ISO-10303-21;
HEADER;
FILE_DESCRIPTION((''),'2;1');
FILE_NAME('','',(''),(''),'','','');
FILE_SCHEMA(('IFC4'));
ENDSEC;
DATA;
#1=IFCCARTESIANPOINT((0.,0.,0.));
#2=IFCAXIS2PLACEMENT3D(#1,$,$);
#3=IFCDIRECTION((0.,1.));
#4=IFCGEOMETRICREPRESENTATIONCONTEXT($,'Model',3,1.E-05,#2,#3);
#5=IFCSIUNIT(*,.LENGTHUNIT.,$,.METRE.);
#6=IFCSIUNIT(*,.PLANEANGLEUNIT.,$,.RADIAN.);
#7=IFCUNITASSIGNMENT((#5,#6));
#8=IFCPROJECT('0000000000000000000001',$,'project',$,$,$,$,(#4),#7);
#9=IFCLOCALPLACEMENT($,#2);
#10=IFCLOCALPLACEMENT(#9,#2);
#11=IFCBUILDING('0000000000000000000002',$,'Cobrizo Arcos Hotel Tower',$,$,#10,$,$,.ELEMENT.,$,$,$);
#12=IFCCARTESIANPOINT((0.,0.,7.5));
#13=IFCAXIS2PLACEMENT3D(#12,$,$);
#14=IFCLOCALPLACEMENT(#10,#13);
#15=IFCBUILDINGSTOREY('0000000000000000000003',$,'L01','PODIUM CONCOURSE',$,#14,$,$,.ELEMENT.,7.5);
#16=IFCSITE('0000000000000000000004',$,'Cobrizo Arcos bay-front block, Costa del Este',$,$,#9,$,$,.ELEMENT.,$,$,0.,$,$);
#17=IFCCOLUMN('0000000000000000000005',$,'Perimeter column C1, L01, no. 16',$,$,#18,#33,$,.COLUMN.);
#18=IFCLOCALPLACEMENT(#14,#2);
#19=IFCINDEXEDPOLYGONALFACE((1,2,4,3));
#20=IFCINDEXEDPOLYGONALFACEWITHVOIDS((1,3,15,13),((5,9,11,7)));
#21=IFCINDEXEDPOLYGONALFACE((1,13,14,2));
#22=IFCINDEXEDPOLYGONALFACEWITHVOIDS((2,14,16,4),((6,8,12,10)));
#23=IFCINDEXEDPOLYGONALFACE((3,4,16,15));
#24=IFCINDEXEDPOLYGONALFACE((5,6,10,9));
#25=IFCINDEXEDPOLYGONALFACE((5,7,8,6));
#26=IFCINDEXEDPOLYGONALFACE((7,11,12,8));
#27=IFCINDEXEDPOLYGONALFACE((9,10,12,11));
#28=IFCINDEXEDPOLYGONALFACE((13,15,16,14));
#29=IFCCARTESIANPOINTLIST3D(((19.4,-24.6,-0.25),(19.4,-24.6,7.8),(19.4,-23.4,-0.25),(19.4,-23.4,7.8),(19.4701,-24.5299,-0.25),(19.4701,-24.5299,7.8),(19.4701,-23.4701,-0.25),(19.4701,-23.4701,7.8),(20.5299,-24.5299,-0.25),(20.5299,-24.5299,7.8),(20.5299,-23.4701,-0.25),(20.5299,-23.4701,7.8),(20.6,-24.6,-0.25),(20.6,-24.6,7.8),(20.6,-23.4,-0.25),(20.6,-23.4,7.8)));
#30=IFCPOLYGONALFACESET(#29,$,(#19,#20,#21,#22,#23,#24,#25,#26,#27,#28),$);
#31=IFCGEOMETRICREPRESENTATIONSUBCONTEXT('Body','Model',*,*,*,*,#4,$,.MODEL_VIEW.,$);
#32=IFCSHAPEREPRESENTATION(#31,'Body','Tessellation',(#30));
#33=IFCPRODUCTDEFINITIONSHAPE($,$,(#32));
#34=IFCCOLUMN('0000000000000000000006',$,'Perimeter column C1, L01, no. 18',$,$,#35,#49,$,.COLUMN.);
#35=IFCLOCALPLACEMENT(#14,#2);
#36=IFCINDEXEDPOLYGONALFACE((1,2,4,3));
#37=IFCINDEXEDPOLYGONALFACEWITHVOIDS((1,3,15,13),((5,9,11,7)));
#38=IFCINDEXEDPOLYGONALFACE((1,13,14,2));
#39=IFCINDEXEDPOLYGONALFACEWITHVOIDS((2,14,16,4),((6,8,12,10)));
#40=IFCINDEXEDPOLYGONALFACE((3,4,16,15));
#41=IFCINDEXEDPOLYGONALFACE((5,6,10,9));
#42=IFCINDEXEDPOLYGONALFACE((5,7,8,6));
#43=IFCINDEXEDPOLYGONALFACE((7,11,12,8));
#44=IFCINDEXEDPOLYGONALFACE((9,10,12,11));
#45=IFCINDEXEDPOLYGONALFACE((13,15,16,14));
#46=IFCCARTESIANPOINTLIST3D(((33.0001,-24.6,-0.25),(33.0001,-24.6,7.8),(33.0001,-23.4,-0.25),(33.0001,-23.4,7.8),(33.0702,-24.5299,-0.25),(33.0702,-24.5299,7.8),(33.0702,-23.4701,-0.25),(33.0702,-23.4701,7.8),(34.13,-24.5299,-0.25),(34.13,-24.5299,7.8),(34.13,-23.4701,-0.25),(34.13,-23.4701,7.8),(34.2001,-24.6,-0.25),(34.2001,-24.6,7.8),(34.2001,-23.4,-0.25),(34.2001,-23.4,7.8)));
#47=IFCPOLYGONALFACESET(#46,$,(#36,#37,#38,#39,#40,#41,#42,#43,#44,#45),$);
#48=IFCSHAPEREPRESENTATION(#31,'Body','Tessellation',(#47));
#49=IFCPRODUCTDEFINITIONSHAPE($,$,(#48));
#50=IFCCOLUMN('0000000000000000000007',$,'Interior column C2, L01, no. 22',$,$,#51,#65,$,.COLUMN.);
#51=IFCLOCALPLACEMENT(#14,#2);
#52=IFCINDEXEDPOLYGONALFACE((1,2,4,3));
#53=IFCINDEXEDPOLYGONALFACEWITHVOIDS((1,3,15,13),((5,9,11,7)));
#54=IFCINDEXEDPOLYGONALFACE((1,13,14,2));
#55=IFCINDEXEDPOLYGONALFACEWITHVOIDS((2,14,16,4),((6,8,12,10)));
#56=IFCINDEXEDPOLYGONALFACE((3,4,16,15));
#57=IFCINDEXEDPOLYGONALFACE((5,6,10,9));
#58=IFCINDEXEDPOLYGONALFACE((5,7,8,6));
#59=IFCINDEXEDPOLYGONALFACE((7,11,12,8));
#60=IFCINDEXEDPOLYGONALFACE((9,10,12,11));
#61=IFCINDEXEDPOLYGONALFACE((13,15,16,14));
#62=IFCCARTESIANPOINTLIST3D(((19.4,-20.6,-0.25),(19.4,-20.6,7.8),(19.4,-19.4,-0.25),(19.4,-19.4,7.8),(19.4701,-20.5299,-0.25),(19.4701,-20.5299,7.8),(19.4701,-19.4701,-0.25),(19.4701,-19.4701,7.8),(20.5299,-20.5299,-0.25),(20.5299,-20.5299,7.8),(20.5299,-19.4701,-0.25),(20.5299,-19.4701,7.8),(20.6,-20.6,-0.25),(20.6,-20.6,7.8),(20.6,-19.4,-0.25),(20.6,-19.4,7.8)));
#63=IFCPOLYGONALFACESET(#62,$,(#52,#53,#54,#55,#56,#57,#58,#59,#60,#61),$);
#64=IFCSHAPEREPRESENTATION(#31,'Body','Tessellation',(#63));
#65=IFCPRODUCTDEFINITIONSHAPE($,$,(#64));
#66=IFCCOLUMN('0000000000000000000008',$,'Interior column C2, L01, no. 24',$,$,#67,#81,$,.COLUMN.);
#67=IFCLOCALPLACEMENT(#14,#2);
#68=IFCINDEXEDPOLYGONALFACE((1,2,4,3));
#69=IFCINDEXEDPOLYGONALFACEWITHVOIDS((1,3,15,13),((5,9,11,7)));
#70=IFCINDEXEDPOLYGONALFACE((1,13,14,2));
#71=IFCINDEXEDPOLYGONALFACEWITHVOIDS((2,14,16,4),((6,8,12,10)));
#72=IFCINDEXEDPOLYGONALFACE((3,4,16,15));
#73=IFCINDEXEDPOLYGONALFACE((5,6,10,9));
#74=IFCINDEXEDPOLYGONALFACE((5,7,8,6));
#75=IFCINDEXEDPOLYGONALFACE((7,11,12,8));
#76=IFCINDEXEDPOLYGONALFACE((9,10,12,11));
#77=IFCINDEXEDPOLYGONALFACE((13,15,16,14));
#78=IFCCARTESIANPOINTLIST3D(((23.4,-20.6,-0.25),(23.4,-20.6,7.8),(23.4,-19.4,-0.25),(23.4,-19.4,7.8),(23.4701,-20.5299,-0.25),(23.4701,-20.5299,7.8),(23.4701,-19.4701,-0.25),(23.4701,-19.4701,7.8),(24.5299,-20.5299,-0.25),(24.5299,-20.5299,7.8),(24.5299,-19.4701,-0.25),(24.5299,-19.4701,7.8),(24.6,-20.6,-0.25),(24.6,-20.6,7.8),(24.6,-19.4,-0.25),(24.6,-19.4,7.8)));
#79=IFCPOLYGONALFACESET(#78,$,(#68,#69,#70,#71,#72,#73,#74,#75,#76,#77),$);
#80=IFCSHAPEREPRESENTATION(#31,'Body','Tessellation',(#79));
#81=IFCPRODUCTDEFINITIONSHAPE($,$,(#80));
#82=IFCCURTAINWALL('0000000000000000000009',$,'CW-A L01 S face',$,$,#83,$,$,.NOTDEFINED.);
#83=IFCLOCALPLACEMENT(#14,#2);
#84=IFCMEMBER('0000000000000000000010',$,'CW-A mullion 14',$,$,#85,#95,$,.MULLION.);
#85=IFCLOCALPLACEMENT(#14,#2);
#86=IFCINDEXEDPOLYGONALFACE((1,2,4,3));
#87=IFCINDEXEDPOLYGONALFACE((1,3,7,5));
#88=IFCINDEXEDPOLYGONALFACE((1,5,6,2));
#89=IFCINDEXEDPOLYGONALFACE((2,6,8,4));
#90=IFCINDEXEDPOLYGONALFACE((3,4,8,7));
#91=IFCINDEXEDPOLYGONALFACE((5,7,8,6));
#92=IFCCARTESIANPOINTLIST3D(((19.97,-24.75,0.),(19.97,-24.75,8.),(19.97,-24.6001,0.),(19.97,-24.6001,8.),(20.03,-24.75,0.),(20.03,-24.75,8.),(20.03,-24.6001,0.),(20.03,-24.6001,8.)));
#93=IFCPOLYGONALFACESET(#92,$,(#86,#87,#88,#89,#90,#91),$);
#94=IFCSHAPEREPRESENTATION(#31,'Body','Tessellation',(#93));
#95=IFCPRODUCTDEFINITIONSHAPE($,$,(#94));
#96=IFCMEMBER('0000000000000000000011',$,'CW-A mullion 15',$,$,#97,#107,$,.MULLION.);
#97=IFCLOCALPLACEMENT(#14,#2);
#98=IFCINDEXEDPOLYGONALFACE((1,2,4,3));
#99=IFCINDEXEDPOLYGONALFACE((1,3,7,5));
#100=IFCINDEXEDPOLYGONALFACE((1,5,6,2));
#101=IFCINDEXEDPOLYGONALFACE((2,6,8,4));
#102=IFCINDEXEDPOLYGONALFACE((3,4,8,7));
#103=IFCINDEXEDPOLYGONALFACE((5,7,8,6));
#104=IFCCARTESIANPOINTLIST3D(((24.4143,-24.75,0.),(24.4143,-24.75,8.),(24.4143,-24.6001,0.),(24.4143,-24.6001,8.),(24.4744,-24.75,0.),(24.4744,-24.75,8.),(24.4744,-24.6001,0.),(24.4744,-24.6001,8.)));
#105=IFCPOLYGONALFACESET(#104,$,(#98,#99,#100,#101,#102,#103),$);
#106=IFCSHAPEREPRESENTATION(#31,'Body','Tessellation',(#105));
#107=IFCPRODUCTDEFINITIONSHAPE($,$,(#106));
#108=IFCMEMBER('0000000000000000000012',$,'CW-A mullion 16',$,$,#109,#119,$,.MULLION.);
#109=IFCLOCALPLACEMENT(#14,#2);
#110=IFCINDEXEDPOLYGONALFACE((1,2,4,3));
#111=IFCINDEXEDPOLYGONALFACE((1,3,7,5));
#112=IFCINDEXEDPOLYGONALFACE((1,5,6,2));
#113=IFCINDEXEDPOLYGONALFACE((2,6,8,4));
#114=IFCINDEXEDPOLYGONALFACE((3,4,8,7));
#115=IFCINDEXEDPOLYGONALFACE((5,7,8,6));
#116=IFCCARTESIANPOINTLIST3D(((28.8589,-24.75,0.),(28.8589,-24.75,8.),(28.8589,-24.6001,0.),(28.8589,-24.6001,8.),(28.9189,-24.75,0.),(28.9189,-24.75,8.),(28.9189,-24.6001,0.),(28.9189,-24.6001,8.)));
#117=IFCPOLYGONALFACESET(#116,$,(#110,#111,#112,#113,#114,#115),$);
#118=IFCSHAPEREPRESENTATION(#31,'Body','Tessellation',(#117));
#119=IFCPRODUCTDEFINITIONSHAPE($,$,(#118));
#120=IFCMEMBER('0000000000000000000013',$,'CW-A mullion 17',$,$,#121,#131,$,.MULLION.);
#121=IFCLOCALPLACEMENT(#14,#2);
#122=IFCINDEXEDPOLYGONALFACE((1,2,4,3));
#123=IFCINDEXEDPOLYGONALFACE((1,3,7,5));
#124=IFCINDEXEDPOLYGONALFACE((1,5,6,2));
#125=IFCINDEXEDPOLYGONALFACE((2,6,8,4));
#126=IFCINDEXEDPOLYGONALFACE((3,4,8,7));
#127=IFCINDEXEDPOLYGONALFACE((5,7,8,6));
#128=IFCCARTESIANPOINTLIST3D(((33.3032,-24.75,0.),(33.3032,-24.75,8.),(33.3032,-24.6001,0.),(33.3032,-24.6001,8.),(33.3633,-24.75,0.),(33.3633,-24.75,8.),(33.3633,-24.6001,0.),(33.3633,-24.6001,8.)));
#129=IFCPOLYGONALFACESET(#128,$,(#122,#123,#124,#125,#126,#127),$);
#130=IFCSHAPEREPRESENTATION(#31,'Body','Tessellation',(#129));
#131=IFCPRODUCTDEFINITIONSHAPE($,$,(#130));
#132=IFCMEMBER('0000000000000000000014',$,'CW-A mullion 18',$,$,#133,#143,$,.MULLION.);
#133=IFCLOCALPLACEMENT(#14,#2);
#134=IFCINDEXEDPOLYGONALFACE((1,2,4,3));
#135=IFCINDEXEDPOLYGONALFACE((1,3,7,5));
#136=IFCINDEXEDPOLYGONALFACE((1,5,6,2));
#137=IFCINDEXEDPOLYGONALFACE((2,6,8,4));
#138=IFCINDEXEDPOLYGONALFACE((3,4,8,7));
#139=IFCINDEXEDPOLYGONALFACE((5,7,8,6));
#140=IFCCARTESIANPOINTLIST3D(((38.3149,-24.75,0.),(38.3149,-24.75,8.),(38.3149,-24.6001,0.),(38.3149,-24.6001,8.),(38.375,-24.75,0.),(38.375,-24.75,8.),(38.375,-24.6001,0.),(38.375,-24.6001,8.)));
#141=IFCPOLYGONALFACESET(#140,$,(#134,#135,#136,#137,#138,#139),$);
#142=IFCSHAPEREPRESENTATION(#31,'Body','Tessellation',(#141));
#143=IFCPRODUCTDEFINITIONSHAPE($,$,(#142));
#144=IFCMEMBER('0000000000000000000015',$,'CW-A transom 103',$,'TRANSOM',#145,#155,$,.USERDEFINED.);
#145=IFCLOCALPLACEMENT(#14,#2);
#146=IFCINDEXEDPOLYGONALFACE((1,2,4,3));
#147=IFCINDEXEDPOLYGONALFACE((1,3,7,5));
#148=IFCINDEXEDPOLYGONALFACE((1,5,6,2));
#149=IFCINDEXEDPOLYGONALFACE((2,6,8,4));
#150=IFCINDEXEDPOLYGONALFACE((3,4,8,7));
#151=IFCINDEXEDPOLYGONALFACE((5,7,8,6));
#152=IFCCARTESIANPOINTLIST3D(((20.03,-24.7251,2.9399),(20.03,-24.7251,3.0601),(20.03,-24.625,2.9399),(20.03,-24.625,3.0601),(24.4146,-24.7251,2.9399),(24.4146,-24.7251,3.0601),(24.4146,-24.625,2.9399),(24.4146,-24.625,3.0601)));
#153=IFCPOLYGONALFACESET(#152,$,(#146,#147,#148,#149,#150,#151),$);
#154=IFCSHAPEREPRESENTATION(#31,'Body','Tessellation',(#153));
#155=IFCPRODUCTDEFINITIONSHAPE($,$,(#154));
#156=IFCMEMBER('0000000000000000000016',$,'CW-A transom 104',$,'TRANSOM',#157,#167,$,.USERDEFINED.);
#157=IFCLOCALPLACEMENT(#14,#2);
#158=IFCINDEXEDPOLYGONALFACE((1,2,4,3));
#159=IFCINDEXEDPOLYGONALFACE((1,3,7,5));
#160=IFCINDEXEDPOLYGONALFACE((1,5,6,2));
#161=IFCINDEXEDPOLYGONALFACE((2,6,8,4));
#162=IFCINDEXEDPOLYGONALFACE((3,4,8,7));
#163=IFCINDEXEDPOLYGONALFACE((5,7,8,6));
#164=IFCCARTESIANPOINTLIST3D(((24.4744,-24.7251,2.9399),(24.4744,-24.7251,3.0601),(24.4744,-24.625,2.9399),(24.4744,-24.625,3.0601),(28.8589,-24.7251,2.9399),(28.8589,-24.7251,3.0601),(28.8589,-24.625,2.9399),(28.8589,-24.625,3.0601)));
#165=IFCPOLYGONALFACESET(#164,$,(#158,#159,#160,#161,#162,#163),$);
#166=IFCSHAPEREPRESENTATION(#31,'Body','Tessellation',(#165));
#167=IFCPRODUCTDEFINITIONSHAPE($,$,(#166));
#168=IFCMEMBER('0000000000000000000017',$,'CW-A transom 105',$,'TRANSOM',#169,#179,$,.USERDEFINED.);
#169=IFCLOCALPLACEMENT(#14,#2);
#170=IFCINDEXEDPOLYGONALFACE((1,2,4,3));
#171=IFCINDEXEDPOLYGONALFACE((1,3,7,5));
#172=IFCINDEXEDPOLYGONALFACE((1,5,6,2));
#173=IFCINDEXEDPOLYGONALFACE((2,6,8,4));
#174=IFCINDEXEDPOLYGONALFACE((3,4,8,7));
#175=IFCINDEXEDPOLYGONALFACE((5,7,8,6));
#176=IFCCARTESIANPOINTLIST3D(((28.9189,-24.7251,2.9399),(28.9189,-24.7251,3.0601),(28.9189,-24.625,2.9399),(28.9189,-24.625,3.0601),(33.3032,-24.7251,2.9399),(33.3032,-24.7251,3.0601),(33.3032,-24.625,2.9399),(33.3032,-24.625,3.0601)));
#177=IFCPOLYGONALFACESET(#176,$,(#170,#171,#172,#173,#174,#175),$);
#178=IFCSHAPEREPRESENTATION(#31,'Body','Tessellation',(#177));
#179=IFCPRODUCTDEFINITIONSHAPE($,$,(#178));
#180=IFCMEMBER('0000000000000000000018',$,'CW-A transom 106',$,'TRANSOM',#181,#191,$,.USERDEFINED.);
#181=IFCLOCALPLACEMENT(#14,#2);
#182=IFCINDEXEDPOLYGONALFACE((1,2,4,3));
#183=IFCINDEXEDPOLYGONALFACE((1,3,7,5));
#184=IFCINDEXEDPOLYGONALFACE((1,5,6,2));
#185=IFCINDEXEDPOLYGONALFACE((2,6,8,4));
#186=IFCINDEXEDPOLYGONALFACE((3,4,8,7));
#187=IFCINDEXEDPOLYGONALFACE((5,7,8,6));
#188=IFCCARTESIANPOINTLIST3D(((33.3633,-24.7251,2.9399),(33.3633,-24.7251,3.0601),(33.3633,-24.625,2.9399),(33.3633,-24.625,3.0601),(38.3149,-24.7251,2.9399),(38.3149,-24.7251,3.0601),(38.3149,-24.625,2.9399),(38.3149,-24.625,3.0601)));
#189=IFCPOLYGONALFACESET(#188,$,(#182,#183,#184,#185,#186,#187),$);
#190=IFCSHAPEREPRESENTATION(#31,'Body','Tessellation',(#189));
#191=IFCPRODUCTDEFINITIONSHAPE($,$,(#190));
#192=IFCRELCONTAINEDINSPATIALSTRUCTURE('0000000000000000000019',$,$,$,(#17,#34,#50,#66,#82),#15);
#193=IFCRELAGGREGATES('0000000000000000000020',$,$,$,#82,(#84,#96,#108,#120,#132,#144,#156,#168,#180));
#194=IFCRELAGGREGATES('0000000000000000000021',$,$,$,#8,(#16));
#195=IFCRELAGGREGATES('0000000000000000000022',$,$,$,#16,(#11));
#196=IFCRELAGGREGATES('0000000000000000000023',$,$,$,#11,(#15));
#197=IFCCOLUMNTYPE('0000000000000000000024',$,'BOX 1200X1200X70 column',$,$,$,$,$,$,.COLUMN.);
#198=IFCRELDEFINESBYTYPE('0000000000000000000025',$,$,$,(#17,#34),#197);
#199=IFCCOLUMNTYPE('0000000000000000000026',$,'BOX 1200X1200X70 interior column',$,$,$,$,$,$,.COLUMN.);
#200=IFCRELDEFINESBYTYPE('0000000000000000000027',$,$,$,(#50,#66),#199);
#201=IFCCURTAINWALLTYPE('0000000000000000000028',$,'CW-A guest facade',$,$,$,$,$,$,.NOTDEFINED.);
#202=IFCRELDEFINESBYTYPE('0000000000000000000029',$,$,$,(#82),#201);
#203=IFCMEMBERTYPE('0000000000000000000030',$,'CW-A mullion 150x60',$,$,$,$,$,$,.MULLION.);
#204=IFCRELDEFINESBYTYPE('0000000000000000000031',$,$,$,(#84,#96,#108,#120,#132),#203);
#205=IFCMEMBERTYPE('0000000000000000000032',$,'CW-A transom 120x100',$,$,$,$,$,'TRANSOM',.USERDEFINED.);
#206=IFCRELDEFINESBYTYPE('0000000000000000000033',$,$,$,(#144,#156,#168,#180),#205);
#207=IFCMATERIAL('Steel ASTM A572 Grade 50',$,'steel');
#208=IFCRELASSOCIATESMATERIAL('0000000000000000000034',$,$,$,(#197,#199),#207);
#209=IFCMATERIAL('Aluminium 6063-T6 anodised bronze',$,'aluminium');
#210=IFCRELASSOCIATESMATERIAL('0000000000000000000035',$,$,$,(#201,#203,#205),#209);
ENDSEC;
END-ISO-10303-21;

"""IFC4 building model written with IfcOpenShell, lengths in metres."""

from ifc_helpers import new_model, si_unit, direction, frame, origin, origin_2d, place, context, subcontext, project, spatial, rectangle, hollow_rectangle, extrude, material, material_profile, profile_set, type_object, element, aggregate, save


model = new_model("IFC4")

# Units and contexts
model_context = context("Model", 3, precision=1e-05, world=origin(), true_north=direction((0.0, 1.0)))
body_context = subcontext(model_context, "Body", "Model", "MODEL_VIEW")
ifc_project = project(units=[si_unit("LENGTHUNIT", "METRE"), si_unit("PLANEANGLEUNIT", "RADIAN")], contexts=[model_context])

# Site, building, storey
site_placement = place(None, origin())
site = spatial("IfcSite", under=ifc_project, at=site_placement, Name="Cobrizo Arcos bay-front block, Costa del Este", CompositionType="ELEMENT", RefElevation=0.0)
building_placement = place(site_placement, origin())
building = spatial("IfcBuilding", under=site, at=building_placement, Name="Cobrizo Arcos Hotel Tower", CompositionType="ELEMENT")
storey_placement = place(building_placement, frame((0.0, 0.0, 7.5)))
storey = spatial("IfcBuildingStorey", under=building, at=storey_placement, Name="L01", Description="PODIUM CONCOURSE", CompositionType="ELEMENT", Elevation=7.5)

# Columns
ifc_material_1 = material(Name="Steel ASTM A572 Grade 50", Category="steel")
ifc_material_profile_1 = material_profile(ifc_material_1, hollow_rectangle(XDim=1.2, YDim=1.2, WallThickness=0.0701, at=origin_2d()), Name="BOX 1200X1200X70")
ifc_profile_set_1 = profile_set([ifc_material_profile_1], Name="Steel ASTM A572 Grade 50")
column_type_1 = type_object("IfcColumnType", Name="BOX 1200X1200X70 column", PredefinedType="COLUMN", material=ifc_profile_set_1)
for number, where, z_axis, x_axis, name in (
    (1, (20.0, -24.0, -0.25), (0.0, 0.0, 1.0), (1.0, 0.0, 0.0), "Perimeter column C1, L01, no. 16"),
    (2, (33.6001, -24.0, -0.25), (0.0, 0.0, 1.0), (1.0, 0.0, 0.0), "Perimeter column C1, L01, no. 18"),
):
    element("IfcColumn", number, at=place(storey_placement, frame(where, z_axis=z_axis, x_axis=x_axis)), inside=storey, type_object=column_type_1, Name=name, PredefinedType="COLUMN", context=body_context, shape_type="SweptSolid", body=[
        extrude(hollow_rectangle(XDim=1.2, YDim=1.2, WallThickness=0.0701, at=origin_2d()), origin(), (0.0, 0.0, 1.0), 8.05),
    ])
ifc_material_profile_2 = material_profile(ifc_material_1, hollow_rectangle(XDim=1.2, YDim=1.2, WallThickness=0.0701, at=origin_2d()), Name="BOX 1200X1200X70")
ifc_profile_set_2 = profile_set([ifc_material_profile_2], Name="Steel ASTM A572 Grade 50")
column_type_2 = type_object("IfcColumnType", Name="BOX 1200X1200X70 interior column", PredefinedType="COLUMN", material=ifc_profile_set_2)
for number, where, z_axis, x_axis, name in (
    (3, (20.0, -20.0, -0.25), (0.0, 0.0, 1.0), (1.0, 0.0, 0.0), "Interior column C2, L01, no. 22"),
    (4, (24.0, -20.0, -0.25), (0.0, 0.0, 1.0), (1.0, 0.0, 0.0), "Interior column C2, L01, no. 24"),
):
    element("IfcColumn", number, at=place(storey_placement, frame(where, z_axis=z_axis, x_axis=x_axis)), inside=storey, type_object=column_type_2, Name=name, PredefinedType="COLUMN", context=body_context, shape_type="SweptSolid", body=[
        extrude(hollow_rectangle(XDim=1.2, YDim=1.2, WallThickness=0.0701, at=origin_2d()), origin(), (0.0, 0.0, 1.0), 8.05),
    ])

# Curtain wall, members
ifc_material_2 = material(Name="Aluminium 6063-T6 anodised bronze", Category="aluminium")
curtain_wall_type_1 = type_object("IfcCurtainWallType", Name="CW-A guest facade", PredefinedType="NOTDEFINED", material=ifc_material_2)
curtain_wall_1_placement = place(storey_placement, origin())
curtain_wall_1 = element("IfcCurtainWall", 5, at=curtain_wall_1_placement, inside=storey, type_object=curtain_wall_type_1, Name="CW-A L01 S face", PredefinedType="NOTDEFINED")
ifc_material_profile_3 = material_profile(ifc_material_2, rectangle(XDim=0.1499, YDim=0.0601, at=origin_2d()), Name="CW-A mullion 150x60")
ifc_profile_set_3 = profile_set([ifc_material_profile_3], Name="Aluminium 6063-T6 anodised bronze")
member_type_1 = type_object("IfcMemberType", Name="CW-A mullion 150x60", PredefinedType="MULLION", material=ifc_profile_set_3)
member_1_placement = place(storey_placement, frame((20.0, -24.675, 0.0), z_axis=(0.0, 0.0, 1.0), x_axis=(0.0, -1.0, 0.0)))
member_1 = element("IfcMember", 6, at=member_1_placement, type_object=member_type_1, Name="CW-A mullion 14", PredefinedType="MULLION", context=body_context, shape_type="SweptSolid", body=[
    extrude(rectangle(XDim=0.1499, YDim=0.0601, at=origin_2d()), origin(), (0.0, 0.0, 1.0), 8.0),
])
member_2_placement = place(storey_placement, frame((24.4443, -24.675, 0.0), z_axis=(0.0, 0.0, 1.0), x_axis=(0.0, -1.0, 0.0)))
member_2 = element("IfcMember", 7, at=member_2_placement, type_object=member_type_1, Name="CW-A mullion 15", PredefinedType="MULLION", context=body_context, shape_type="SweptSolid", body=[
    extrude(rectangle(XDim=0.1499, YDim=0.0601, at=origin_2d()), origin(), (0.0, 0.0, 1.0), 8.0),
])
member_3_placement = place(storey_placement, frame((28.8889, -24.675, 0.0), z_axis=(0.0, 0.0, 1.0), x_axis=(0.0, -1.0, 0.0)))
member_3 = element("IfcMember", 8, at=member_3_placement, type_object=member_type_1, Name="CW-A mullion 16", PredefinedType="MULLION", context=body_context, shape_type="SweptSolid", body=[
    extrude(rectangle(XDim=0.1499, YDim=0.0601, at=origin_2d()), origin(), (0.0, 0.0, 1.0), 8.0),
])
member_4_placement = place(storey_placement, frame((33.3333, -24.675, 0.0), z_axis=(0.0, 0.0, 1.0), x_axis=(0.0, -1.0, 0.0)))
member_4 = element("IfcMember", 9, at=member_4_placement, type_object=member_type_1, Name="CW-A mullion 17", PredefinedType="MULLION", context=body_context, shape_type="SweptSolid", body=[
    extrude(rectangle(XDim=0.1499, YDim=0.0601, at=origin_2d()), origin(), (0.0, 0.0, 1.0), 8.0),
])
member_5_placement = place(storey_placement, frame((38.345, -24.675, 0.0), z_axis=(0.0, 0.0, 1.0), x_axis=(0.0, -1.0, 0.0)))
member_5 = element("IfcMember", 10, at=member_5_placement, type_object=member_type_1, Name="CW-A mullion 18", PredefinedType="MULLION", context=body_context, shape_type="SweptSolid", body=[
    extrude(rectangle(XDim=0.1499, YDim=0.0601, at=origin_2d()), origin(), (0.0, 0.0, 1.0), 8.0),
])
ifc_material_profile_4 = material_profile(ifc_material_2, rectangle(XDim=0.1001, YDim=0.1201, at=origin_2d()), Name="CW-A transom 120x100")
ifc_profile_set_4 = profile_set([ifc_material_profile_4], Name="Aluminium 6063-T6 anodised bronze")
member_type_2 = type_object("IfcMemberType", Name="CW-A transom 120x100", ElementType="TRANSOM", PredefinedType="USERDEFINED", material=ifc_profile_set_4)
member_6_placement = place(storey_placement, frame((20.03, -24.675, 3.0), z_axis=(1.0, 0.0, 0.0), x_axis=(0.0, 1.0, 0.0)))
member_6 = element("IfcMember", 11, at=member_6_placement, type_object=member_type_2, Name="CW-A transom 103", ObjectType="TRANSOM", PredefinedType="USERDEFINED", context=body_context, shape_type="SweptSolid", body=[
    extrude(rectangle(XDim=0.1001, YDim=0.1201, at=origin_2d()), origin(), (0.0, 0.0, 1.0), 4.3845),
])
member_7_placement = place(storey_placement, frame((24.4744, -24.675, 3.0), z_axis=(1.0, 0.0, 0.0), x_axis=(0.0, 1.0, 0.0)))
member_7 = element("IfcMember", 12, at=member_7_placement, type_object=member_type_2, Name="CW-A transom 104", ObjectType="TRANSOM", PredefinedType="USERDEFINED", context=body_context, shape_type="SweptSolid", body=[
    extrude(rectangle(XDim=0.1001, YDim=0.1201, at=origin_2d()), origin(), (0.0, 0.0, 1.0), 4.3845),
])
member_8_placement = place(storey_placement, frame((28.9189, -24.675, 3.0), z_axis=(1.0, 0.0, 0.0), x_axis=(0.0, 1.0, 0.0)))
member_8 = element("IfcMember", 13, at=member_8_placement, type_object=member_type_2, Name="CW-A transom 105", ObjectType="TRANSOM", PredefinedType="USERDEFINED", context=body_context, shape_type="SweptSolid", body=[
    extrude(rectangle(XDim=0.1001, YDim=0.1201, at=origin_2d()), origin(), (0.0, 0.0, 1.0), 4.3843),
])
member_9_placement = place(storey_placement, frame((33.3633, -24.675, 3.0), z_axis=(1.0, 0.0, 0.0), x_axis=(0.0, 1.0, 0.0)))
member_9 = element("IfcMember", 14, at=member_9_placement, type_object=member_type_2, Name="CW-A transom 106", ObjectType="TRANSOM", PredefinedType="USERDEFINED", context=body_context, shape_type="SweptSolid", body=[
    extrude(rectangle(XDim=0.1001, YDim=0.1201, at=origin_2d()), origin(), (0.0, 0.0, 1.0), 4.9517),
])

aggregate(curtain_wall_1, [member_1, member_2, member_3, member_4, member_5, member_6, member_7, member_8, member_9])

save(model, "model.ifc")
